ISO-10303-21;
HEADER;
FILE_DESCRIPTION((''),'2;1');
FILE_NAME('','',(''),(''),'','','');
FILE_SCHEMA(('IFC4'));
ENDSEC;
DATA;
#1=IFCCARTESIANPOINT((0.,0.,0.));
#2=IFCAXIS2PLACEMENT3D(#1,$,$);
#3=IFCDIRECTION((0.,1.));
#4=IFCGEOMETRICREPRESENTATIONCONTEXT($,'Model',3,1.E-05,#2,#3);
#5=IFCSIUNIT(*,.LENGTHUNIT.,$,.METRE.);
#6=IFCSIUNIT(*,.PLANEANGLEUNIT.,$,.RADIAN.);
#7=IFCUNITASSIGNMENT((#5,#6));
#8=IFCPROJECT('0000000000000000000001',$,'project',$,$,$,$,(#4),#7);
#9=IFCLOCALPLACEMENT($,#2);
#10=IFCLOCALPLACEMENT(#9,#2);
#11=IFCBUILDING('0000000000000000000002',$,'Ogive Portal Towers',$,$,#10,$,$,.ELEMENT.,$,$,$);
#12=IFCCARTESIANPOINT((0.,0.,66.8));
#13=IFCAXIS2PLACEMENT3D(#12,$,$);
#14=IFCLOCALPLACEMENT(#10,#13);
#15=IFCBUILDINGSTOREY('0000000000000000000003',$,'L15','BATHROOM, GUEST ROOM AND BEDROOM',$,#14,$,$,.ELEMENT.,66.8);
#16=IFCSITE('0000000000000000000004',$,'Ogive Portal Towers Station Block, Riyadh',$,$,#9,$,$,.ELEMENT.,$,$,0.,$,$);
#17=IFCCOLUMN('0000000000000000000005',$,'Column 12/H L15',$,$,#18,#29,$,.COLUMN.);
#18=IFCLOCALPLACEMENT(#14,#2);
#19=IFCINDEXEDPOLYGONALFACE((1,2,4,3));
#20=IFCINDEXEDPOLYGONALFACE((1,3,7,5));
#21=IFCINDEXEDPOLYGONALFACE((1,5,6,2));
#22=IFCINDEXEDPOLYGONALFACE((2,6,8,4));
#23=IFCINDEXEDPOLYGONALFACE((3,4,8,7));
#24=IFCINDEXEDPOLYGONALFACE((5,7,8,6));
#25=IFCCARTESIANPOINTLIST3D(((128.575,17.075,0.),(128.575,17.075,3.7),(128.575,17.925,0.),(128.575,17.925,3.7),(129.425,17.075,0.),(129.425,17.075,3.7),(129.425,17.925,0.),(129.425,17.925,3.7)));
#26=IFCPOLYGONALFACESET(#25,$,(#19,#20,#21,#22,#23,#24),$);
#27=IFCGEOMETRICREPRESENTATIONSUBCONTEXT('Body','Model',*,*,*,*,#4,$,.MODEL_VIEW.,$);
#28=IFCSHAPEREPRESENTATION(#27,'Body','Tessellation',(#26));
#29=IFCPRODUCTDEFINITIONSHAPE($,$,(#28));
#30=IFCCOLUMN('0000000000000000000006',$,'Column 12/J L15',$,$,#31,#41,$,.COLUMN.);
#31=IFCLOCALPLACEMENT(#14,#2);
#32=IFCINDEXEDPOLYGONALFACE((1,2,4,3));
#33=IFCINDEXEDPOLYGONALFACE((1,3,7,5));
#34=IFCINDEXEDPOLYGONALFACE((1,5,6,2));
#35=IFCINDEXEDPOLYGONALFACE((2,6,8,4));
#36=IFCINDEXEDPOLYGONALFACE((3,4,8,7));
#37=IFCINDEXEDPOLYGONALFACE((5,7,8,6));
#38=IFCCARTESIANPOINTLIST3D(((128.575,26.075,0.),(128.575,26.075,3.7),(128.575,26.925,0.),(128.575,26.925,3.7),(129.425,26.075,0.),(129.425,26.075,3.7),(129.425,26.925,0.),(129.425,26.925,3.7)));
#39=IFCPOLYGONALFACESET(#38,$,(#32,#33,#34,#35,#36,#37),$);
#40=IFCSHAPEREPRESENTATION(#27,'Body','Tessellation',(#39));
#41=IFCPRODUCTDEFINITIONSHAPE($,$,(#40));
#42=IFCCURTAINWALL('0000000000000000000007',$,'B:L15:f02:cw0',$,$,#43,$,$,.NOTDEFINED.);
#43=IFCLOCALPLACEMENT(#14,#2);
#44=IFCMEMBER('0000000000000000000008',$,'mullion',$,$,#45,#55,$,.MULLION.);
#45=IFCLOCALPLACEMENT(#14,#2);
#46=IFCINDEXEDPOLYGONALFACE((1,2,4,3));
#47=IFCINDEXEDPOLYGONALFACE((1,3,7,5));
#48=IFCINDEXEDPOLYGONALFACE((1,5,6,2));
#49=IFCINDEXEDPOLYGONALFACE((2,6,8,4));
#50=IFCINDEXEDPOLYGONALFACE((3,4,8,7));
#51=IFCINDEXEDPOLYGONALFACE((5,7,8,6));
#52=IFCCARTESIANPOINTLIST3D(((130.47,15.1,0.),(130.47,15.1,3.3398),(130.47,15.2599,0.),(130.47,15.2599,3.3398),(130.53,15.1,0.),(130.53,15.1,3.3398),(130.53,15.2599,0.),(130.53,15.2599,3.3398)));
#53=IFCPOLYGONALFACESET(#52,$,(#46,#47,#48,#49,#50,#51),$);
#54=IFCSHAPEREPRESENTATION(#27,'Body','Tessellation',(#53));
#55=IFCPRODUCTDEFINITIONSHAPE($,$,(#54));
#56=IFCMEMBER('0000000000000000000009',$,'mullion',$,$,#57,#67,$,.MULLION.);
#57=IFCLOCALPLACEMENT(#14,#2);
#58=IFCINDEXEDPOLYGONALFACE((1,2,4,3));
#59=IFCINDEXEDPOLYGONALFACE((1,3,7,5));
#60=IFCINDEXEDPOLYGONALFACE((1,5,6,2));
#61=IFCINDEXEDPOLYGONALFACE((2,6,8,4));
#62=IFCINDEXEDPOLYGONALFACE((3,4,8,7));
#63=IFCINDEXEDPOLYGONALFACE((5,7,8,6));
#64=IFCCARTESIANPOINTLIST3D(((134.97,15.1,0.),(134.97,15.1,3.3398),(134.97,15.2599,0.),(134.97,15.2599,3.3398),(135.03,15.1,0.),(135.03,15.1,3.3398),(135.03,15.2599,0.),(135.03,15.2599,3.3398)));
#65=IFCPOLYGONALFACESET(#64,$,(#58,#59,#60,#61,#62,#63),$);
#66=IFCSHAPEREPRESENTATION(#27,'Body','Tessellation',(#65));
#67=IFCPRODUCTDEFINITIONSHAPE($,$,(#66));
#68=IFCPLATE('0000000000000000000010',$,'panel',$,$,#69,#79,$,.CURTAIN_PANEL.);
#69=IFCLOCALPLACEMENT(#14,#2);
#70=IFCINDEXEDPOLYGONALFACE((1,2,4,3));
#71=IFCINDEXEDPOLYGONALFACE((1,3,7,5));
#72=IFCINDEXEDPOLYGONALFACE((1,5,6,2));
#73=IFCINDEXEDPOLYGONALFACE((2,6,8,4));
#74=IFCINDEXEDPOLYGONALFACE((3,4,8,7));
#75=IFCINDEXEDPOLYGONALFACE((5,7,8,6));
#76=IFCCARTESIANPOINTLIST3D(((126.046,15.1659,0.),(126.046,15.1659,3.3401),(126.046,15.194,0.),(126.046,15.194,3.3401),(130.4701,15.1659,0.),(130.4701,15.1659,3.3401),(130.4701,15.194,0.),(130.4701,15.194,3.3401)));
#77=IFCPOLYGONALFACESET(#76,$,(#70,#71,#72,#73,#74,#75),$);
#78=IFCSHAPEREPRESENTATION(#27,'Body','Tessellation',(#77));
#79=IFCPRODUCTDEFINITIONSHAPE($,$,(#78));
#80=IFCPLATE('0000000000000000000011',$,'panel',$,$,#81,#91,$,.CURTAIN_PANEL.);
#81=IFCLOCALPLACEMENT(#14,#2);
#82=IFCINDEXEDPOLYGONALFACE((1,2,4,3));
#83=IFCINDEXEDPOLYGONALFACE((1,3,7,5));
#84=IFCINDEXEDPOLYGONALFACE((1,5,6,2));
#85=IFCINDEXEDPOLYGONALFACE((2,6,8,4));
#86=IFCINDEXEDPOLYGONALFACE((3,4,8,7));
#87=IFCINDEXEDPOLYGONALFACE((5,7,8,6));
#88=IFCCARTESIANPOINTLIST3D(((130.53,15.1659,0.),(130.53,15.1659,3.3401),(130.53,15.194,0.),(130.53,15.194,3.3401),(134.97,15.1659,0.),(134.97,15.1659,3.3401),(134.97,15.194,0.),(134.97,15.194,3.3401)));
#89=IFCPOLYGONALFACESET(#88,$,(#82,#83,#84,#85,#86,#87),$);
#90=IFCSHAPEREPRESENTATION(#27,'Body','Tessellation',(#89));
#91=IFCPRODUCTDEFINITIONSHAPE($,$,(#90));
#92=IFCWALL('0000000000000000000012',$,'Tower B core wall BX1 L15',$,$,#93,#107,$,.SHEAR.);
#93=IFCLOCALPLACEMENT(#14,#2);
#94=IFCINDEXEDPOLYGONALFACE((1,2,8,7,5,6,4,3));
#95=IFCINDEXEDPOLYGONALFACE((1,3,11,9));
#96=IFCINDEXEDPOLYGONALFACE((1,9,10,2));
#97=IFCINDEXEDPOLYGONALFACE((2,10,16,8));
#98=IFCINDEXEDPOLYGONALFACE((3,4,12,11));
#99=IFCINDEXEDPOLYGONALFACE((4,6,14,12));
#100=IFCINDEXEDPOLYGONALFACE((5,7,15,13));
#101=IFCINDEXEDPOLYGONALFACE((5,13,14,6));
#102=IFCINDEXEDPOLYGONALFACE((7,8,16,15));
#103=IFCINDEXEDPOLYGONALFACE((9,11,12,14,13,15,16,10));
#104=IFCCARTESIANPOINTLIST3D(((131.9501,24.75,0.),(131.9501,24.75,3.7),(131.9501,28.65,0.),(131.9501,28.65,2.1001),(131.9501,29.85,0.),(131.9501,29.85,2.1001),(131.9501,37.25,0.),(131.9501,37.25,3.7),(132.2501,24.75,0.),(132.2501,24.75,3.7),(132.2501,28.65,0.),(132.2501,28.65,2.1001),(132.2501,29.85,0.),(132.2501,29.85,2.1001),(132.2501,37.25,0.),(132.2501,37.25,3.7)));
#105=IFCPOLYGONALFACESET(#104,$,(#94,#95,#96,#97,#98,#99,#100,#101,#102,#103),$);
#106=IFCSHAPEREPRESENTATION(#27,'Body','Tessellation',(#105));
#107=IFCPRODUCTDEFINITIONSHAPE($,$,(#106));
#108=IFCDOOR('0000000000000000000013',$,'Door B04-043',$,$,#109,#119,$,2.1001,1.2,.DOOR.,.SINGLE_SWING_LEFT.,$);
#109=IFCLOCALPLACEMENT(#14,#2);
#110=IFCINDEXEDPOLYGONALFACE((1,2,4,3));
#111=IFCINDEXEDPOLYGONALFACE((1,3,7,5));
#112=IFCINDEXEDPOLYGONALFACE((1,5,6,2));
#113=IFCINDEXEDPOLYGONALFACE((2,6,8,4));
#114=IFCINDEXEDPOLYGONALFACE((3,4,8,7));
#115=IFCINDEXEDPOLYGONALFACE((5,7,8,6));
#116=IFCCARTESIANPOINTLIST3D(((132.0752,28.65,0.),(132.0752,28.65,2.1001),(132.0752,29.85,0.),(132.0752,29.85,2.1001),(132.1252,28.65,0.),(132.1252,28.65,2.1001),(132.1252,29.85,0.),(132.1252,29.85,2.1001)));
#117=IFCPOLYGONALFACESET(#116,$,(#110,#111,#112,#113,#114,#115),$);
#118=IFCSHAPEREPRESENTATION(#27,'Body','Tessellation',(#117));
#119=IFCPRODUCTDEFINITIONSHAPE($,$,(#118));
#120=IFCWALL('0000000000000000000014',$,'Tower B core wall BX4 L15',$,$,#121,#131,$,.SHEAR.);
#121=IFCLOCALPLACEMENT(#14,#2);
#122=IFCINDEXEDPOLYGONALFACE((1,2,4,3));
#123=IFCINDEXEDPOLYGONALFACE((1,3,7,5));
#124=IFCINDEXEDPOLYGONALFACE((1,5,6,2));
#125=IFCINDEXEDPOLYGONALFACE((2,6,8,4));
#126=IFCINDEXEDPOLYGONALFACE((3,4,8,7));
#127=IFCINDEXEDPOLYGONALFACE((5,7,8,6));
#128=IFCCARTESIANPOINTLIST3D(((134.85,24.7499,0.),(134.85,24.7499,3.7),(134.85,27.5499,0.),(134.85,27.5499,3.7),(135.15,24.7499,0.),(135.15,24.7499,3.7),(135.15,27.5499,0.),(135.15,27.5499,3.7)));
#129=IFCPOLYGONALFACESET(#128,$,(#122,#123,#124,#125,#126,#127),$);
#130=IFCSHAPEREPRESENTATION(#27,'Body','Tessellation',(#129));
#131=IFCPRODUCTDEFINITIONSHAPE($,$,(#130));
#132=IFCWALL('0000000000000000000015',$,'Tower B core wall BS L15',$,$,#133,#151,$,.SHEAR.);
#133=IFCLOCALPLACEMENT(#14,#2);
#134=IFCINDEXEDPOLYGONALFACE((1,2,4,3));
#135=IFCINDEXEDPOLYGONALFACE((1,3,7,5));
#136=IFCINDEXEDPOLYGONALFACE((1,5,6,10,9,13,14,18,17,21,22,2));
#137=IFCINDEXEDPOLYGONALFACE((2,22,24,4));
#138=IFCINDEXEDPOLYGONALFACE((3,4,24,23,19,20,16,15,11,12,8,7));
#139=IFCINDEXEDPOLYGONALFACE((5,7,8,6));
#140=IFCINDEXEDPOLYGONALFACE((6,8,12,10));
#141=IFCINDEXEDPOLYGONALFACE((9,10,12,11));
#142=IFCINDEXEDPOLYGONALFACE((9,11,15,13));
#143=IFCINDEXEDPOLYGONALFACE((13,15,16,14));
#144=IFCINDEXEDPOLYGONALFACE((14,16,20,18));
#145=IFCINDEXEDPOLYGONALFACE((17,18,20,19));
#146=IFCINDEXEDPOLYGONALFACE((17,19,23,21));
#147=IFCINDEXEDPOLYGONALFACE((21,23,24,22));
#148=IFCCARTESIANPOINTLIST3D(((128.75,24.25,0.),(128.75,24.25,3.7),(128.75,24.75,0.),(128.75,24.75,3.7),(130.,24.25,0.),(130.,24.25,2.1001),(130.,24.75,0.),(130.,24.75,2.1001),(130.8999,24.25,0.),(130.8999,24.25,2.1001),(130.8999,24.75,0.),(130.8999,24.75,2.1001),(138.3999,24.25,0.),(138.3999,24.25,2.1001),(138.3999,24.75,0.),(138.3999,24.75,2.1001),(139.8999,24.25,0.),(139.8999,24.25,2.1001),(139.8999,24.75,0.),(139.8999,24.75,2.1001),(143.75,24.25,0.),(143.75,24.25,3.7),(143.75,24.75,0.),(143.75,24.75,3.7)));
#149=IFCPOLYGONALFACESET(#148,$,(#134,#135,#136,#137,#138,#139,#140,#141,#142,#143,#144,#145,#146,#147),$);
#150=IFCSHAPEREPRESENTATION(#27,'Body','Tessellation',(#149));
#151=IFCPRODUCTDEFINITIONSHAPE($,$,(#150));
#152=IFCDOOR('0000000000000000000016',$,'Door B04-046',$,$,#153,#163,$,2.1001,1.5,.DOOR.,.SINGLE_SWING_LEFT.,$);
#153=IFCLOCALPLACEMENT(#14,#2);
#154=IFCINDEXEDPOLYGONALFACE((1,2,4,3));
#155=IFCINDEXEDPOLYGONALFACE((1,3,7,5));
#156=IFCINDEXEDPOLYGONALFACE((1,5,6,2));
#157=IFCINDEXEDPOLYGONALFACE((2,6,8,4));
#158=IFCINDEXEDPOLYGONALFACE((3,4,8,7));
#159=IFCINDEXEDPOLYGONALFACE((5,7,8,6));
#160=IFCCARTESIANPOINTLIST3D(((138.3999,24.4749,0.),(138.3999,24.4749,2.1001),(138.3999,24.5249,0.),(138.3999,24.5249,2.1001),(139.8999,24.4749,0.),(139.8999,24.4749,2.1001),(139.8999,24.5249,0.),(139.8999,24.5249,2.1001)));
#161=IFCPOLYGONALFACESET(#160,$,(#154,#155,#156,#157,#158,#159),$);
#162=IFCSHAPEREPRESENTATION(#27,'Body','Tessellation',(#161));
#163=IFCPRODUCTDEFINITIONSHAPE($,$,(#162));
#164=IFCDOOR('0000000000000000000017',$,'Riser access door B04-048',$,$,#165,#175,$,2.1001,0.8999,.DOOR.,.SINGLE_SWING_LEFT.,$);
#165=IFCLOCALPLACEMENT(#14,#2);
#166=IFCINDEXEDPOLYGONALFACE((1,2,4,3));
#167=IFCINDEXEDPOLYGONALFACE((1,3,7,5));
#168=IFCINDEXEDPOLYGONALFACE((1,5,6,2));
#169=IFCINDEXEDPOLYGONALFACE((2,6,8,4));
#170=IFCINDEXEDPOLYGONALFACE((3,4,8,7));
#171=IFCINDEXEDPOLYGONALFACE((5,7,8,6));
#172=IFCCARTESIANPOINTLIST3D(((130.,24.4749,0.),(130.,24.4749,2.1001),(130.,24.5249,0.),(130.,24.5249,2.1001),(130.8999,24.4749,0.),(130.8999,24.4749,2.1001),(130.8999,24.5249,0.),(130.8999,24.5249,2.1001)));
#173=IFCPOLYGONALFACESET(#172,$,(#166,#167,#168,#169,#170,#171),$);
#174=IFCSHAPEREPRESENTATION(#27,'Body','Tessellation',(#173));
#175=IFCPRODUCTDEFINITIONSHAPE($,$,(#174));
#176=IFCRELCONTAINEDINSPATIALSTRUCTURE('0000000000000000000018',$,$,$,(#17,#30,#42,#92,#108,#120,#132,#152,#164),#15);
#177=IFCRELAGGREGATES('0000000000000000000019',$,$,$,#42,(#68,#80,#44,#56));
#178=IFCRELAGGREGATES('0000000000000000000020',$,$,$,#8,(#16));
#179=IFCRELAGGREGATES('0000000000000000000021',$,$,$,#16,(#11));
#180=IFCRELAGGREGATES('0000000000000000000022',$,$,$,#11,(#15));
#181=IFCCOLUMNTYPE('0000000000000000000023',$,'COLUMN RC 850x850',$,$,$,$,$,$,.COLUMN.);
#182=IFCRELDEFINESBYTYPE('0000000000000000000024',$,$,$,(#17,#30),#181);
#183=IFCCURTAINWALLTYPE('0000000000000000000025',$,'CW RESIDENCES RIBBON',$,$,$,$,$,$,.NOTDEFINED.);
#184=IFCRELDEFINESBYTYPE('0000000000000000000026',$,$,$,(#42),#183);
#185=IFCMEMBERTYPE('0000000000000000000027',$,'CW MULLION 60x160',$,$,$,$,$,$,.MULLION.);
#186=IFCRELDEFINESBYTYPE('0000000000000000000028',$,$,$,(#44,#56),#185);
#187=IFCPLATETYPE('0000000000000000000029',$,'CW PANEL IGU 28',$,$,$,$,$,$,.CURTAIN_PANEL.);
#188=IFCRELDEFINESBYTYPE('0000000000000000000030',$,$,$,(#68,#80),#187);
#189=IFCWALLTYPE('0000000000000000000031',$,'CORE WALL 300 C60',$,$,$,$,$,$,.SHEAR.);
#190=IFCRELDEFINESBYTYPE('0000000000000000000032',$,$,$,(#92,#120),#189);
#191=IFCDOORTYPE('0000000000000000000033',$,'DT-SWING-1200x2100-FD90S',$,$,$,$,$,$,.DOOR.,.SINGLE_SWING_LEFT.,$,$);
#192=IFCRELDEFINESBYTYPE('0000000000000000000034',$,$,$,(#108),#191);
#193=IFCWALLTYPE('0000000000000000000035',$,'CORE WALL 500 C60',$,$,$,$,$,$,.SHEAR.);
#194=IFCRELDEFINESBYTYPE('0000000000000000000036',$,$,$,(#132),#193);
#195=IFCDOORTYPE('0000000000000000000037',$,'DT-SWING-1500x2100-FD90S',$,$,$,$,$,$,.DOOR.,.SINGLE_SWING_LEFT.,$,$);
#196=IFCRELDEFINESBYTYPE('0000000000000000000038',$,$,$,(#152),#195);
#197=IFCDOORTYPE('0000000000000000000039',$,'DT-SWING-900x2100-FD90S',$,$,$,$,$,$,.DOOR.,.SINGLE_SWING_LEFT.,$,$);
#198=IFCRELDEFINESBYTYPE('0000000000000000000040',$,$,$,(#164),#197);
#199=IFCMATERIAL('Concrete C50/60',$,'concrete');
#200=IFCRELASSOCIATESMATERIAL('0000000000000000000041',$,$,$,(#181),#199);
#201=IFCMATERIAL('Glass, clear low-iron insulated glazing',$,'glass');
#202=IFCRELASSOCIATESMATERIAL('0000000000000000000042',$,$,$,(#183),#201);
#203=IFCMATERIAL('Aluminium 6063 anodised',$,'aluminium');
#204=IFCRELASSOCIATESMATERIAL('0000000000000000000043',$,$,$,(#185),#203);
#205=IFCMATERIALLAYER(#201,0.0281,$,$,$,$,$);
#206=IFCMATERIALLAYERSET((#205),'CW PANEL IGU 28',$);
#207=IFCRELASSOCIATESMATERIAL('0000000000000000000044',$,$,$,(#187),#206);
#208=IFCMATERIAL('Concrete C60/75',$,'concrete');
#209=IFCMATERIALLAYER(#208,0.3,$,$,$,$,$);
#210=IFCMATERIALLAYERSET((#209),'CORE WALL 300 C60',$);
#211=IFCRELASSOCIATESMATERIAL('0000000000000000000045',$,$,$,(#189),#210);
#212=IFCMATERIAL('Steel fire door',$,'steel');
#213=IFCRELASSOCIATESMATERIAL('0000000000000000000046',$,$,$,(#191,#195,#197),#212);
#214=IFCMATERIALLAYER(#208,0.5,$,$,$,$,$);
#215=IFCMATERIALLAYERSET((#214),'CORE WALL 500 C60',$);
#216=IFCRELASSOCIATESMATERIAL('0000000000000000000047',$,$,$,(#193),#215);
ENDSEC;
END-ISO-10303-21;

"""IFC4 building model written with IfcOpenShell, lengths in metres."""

from ifc_helpers import new_model, si_unit, direction, frame, frame_2d, origin, origin_2d, place, context, subcontext, project, spatial, rectangle, extrude, material, layer, layer_set, material_profile, profile_set, type_object, element, fill, aggregate, save


model = new_model("IFC4")

# Units and contexts
model_context = context("Model", 3, precision=1e-05, world=origin(), true_north=direction((0.0, 1.0)))
body_context = subcontext(model_context, "Body", "Model", "MODEL_VIEW")
ifc_project = project(units=[si_unit("LENGTHUNIT", "METRE"), si_unit("PLANEANGLEUNIT", "RADIAN")], contexts=[model_context])

# Site, building, storey
site_placement = place(None, origin())
site = spatial("IfcSite", under=ifc_project, at=site_placement, Name="Ogive Portal Towers Station Block, Riyadh", CompositionType="ELEMENT", RefElevation=0.0)
building_placement = place(site_placement, origin())
building = spatial("IfcBuilding", under=site, at=building_placement, Name="Ogive Portal Towers", CompositionType="ELEMENT")
storey_placement = place(building_placement, frame((0.0, 0.0, 66.8)))
storey = spatial("IfcBuildingStorey", under=building, at=storey_placement, Name="L15", Description="BATHROOM, GUEST ROOM AND BEDROOM", CompositionType="ELEMENT", Elevation=66.8)

# Columns
ifc_material_1 = material(Name="Concrete C50/60", Category="concrete")
ifc_material_profile_1 = material_profile(ifc_material_1, rectangle(XDim=0.8501, YDim=0.8501, at=origin_2d()), Name="RC 850x850")
ifc_profile_set_1 = profile_set([ifc_material_profile_1], Name="Concrete C50/60")
column_type = type_object("IfcColumnType", Name="COLUMN RC 850x850", PredefinedType="COLUMN", material=ifc_profile_set_1)
for number, where, z_axis, x_axis, name in (
    (1, (129.0, 17.5, 0.0), (0.0, 0.0, 1.0), (1.0, 0.0, 0.0), "Column 12/H L15"),
    (2, (129.0, 26.5, 0.0), (0.0, 0.0, 1.0), (1.0, 0.0, 0.0), "Column 12/J L15"),
):
    element("IfcColumn", number, at=place(storey_placement, frame(where, z_axis=z_axis, x_axis=x_axis)), inside=storey, type_object=column_type, Name=name, PredefinedType="COLUMN", context=body_context, shape_type="SweptSolid", body=[
        extrude(rectangle(XDim=0.8501, YDim=0.8501, at=origin_2d()), origin(), (0.0, 0.0, 1.0), 3.7),
    ])

# Curtain wall, members, plates
ifc_material_2 = material(Name="Glass, clear low-iron insulated glazing", Category="glass")
curtain_wall_type = type_object("IfcCurtainWallType", Name="CW RESIDENCES RIBBON", PredefinedType="NOTDEFINED", material=ifc_material_2)
curtain_wall_placement = place(storey_placement, origin())
curtain_wall = element("IfcCurtainWall", 3, at=curtain_wall_placement, inside=storey, type_object=curtain_wall_type, Name="B:L15:f02:cw0", PredefinedType="NOTDEFINED")
ifc_material_3 = material(Name="Aluminium 6063 anodised", Category="aluminium")
ifc_material_profile_2 = material_profile(ifc_material_3, rectangle(XDim=0.1599, YDim=0.0601, at=origin_2d()), Name="AL 60x160")
ifc_profile_set_2 = profile_set([ifc_material_profile_2], Name="Aluminium 6063 anodised")
member_type = type_object("IfcMemberType", Name="CW MULLION 60x160", PredefinedType="MULLION", material=ifc_profile_set_2)
member_1_placement = place(storey_placement, frame((130.5, 15.1799, 0.0), z_axis=(0.0, 0.0, 1.0), x_axis=(0.0, 1.0, 0.0)))
member_1 = element("IfcMember", 4, at=member_1_placement, type_object=member_type, Name="mullion", PredefinedType="MULLION", context=body_context, shape_type="SweptSolid", body=[
    extrude(rectangle(XDim=0.1599, YDim=0.0601, at=origin_2d()), origin(), (0.0, 0.0, 1.0), 3.3398),
])
member_2_placement = place(storey_placement, frame((135.0, 15.1799, 0.0), z_axis=(0.0, 0.0, 1.0), x_axis=(0.0, 1.0, 0.0)))
member_2 = element("IfcMember", 5, at=member_2_placement, type_object=member_type, Name="mullion", PredefinedType="MULLION", context=body_context, shape_type="SweptSolid", body=[
    extrude(rectangle(XDim=0.1599, YDim=0.0601, at=origin_2d()), origin(), (0.0, 0.0, 1.0), 3.3398),
])
ifc_layer_1 = layer(ifc_material_2, 0.0281)
ifc_layer_set_1 = layer_set([ifc_layer_1], Name="CW PANEL IGU 28")
plate_type = type_object("IfcPlateType", Name="CW PANEL IGU 28", PredefinedType="CURTAIN_PANEL", material=ifc_layer_set_1)
plate_1_placement = place(storey_placement, frame((128.2581, 15.1799, 0.0), z_axis=(0.0, 0.0, 1.0), x_axis=(1.0, 0.0, 0.0)))
plate_1 = element("IfcPlate", 6, at=plate_1_placement, type_object=plate_type, Name="panel", PredefinedType="CURTAIN_PANEL", context=body_context, shape_type="SweptSolid", body=[
    extrude(rectangle(XDim=4.4241, YDim=0.0281, at=origin_2d()), origin(), (0.0, 0.0, 1.0), 3.3401),
])
plate_2_placement = place(storey_placement, frame((132.75, 15.1799, 0.0), z_axis=(0.0, 0.0, 1.0), x_axis=(1.0, 0.0, 0.0)))
plate_2 = element("IfcPlate", 7, at=plate_2_placement, type_object=plate_type, Name="panel", PredefinedType="CURTAIN_PANEL", context=body_context, shape_type="SweptSolid", body=[
    extrude(rectangle(XDim=4.4399, YDim=0.0281, at=origin_2d()), origin(), (0.0, 0.0, 1.0), 3.3401),
])
aggregate(curtain_wall, [plate_1, plate_2, member_1, member_2])

# Wall, opening, door
ifc_material_4 = material(Name="Concrete C60/75", Category="concrete")
ifc_layer_2 = layer(ifc_material_4, 0.3)
ifc_layer_set_2 = layer_set([ifc_layer_2], Name="CORE WALL 300 C60")
wall_type_1 = type_object("IfcWallType", Name="CORE WALL 300 C60", PredefinedType="SHEAR", material=ifc_layer_set_2)
wall_1_placement = place(storey_placement, frame((132.1001, 24.75, 0.0), z_axis=(0.0, 0.0, 1.0), x_axis=(0.0, 1.0, 0.0)))
wall_1 = element("IfcWall", 8, at=wall_1_placement, inside=storey, type_object=wall_type_1, Name="Tower B core wall BX1 L15", PredefinedType="SHEAR", context=body_context, shape_type="SweptSolid", body=[
    extrude(rectangle(XDim=12.5, YDim=0.3, at=frame_2d((6.25, 0.0))), origin(), (0.0, 0.0, 1.0), 3.7),
])
opening_1_placement = place(wall_1_placement, frame((3.8999, 0.0, 0.0)))
opening_1 = element("IfcOpeningElement", 9, at=opening_1_placement, cuts=wall_1, PredefinedType="OPENING", context=body_context, shape_type="SweptSolid", body=[
    extrude(rectangle(XDim=1.2, YDim=2.1001, at=frame_2d((0.6001, 1.05))), frame((0.0, 0.1602, 0.0), z_axis=(0.0, -1.0, 0.0), x_axis=(1.0, 0.0, 0.0)), (0.0, 0.0, 1.0), 0.3201),
])
ifc_material_5 = material(Name="Steel fire door", Category="steel")
door_type_1 = type_object("IfcDoorType", Name="DT-SWING-1200x2100-FD90S", OperationType="SINGLE_SWING_LEFT", PredefinedType="DOOR", material=ifc_material_5)
door_1_placement = place(opening_1_placement, origin())
door_1 = element("IfcDoor", 10, at=door_1_placement, inside=storey, type_object=door_type_1, Name="Door B04-043", OperationType="SINGLE_SWING_LEFT", OverallHeight=2.1001, OverallWidth=1.2, PredefinedType="DOOR", context=body_context, shape_type="SweptSolid", body=[
    extrude(rectangle(XDim=1.2, YDim=2.1001, at=frame_2d((0.6001, 1.05))), frame((0.0, 0.0249, 0.0), z_axis=(0.0, -1.0, 0.0), x_axis=(1.0, 0.0, 0.0)), (0.0, 0.0, 1.0), 0.05),
])
fill(opening_1, door_1)

# Wall
wall_2_placement = place(storey_placement, frame((135.0, 24.75, 0.0), z_axis=(0.0, 0.0, 1.0), x_axis=(0.0, 1.0, 0.0)))
element("IfcWall", 11, at=wall_2_placement, inside=storey, type_object=wall_type_1, Name="Tower B core wall BX4 L15", PredefinedType="SHEAR", context=body_context, shape_type="SweptSolid", body=[
    extrude(rectangle(XDim=2.8, YDim=0.3, at=frame_2d((1.3999, 0.0))), origin(), (0.0, 0.0, 1.0), 3.7),
])

# Wall, openings, doors
ifc_layer_3 = layer(ifc_material_4, 0.5)
ifc_layer_set_3 = layer_set([ifc_layer_3], Name="CORE WALL 500 C60")
wall_type_2 = type_object("IfcWallType", Name="CORE WALL 500 C60", PredefinedType="SHEAR", material=ifc_layer_set_3)
wall_3_placement = place(storey_placement, frame((128.75, 24.5, 0.0), z_axis=(0.0, 0.0, 1.0), x_axis=(1.0, 0.0, 0.0)))
wall_3 = element("IfcWall", 12, at=wall_3_placement, inside=storey, type_object=wall_type_2, Name="Tower B core wall BS L15", PredefinedType="SHEAR", context=body_context, shape_type="SweptSolid", body=[
    extrude(rectangle(XDim=15.0, YDim=0.5, at=frame_2d((7.5, 0.0))), origin(), (0.0, 0.0, 1.0), 3.7),
])
opening_2_placement = place(wall_3_placement, frame((9.6499, 0.0, 0.0)))
opening_2 = element("IfcOpeningElement", 13, at=opening_2_placement, cuts=wall_3, PredefinedType="OPENING", context=body_context, shape_type="SweptSolid", body=[
    extrude(rectangle(XDim=1.5, YDim=2.1001, at=frame_2d((0.75, 1.05))), frame((0.0, 0.26, 0.0), z_axis=(0.0, -1.0, 0.0), x_axis=(1.0, 0.0, 0.0)), (0.0, 0.0, 1.0), 0.52),
])
opening_3_placement = place(wall_3_placement, frame((1.25, 0.0, 0.0)))
opening_3 = element("IfcOpeningElement", 14, at=opening_3_placement, cuts=wall_3, PredefinedType="OPENING", context=body_context, shape_type="SweptSolid", body=[
    extrude(rectangle(XDim=0.8999, YDim=2.1001, at=frame_2d((0.45, 1.05))), frame((0.0, 0.26, 0.0), z_axis=(0.0, -1.0, 0.0), x_axis=(1.0, 0.0, 0.0)), (0.0, 0.0, 1.0), 0.52),
])
door_type_2 = type_object("IfcDoorType", Name="DT-SWING-1500x2100-FD90S", OperationType="SINGLE_SWING_LEFT", PredefinedType="DOOR", material=ifc_material_5)
door_2_placement = place(opening_2_placement, origin())
door_2 = element("IfcDoor", 15, at=door_2_placement, inside=storey, type_object=door_type_2, Name="Door B04-046", OperationType="SINGLE_SWING_LEFT", OverallHeight=2.1001, OverallWidth=1.5, PredefinedType="DOOR", context=body_context, shape_type="SweptSolid", body=[
    extrude(rectangle(XDim=1.5, YDim=2.1001, at=frame_2d((0.75, 1.05))), frame((0.0, 0.0249, 0.0), z_axis=(0.0, -1.0, 0.0), x_axis=(1.0, 0.0, 0.0)), (0.0, 0.0, 1.0), 0.05),
])
fill(opening_2, door_2)
door_type_3 = type_object("IfcDoorType", Name="DT-SWING-900x2100-FD90S", OperationType="SINGLE_SWING_LEFT", PredefinedType="DOOR", material=ifc_material_5)
door_3_placement = place(opening_3_placement, origin())
door_3 = element("IfcDoor", 16, at=door_3_placement, inside=storey, type_object=door_type_3, Name="Riser access door B04-048", OperationType="SINGLE_SWING_LEFT", OverallHeight=2.1001, OverallWidth=0.8999, PredefinedType="DOOR", context=body_context, shape_type="SweptSolid", body=[
    extrude(rectangle(XDim=0.8999, YDim=2.1001, at=frame_2d((0.45, 1.05))), frame((0.0, 0.0249, 0.0), z_axis=(0.0, -1.0, 0.0), x_axis=(1.0, 0.0, 0.0)), (0.0, 0.0, 1.0), 0.05),
])
fill(opening_3, door_3)

save(model, "model.ifc")
